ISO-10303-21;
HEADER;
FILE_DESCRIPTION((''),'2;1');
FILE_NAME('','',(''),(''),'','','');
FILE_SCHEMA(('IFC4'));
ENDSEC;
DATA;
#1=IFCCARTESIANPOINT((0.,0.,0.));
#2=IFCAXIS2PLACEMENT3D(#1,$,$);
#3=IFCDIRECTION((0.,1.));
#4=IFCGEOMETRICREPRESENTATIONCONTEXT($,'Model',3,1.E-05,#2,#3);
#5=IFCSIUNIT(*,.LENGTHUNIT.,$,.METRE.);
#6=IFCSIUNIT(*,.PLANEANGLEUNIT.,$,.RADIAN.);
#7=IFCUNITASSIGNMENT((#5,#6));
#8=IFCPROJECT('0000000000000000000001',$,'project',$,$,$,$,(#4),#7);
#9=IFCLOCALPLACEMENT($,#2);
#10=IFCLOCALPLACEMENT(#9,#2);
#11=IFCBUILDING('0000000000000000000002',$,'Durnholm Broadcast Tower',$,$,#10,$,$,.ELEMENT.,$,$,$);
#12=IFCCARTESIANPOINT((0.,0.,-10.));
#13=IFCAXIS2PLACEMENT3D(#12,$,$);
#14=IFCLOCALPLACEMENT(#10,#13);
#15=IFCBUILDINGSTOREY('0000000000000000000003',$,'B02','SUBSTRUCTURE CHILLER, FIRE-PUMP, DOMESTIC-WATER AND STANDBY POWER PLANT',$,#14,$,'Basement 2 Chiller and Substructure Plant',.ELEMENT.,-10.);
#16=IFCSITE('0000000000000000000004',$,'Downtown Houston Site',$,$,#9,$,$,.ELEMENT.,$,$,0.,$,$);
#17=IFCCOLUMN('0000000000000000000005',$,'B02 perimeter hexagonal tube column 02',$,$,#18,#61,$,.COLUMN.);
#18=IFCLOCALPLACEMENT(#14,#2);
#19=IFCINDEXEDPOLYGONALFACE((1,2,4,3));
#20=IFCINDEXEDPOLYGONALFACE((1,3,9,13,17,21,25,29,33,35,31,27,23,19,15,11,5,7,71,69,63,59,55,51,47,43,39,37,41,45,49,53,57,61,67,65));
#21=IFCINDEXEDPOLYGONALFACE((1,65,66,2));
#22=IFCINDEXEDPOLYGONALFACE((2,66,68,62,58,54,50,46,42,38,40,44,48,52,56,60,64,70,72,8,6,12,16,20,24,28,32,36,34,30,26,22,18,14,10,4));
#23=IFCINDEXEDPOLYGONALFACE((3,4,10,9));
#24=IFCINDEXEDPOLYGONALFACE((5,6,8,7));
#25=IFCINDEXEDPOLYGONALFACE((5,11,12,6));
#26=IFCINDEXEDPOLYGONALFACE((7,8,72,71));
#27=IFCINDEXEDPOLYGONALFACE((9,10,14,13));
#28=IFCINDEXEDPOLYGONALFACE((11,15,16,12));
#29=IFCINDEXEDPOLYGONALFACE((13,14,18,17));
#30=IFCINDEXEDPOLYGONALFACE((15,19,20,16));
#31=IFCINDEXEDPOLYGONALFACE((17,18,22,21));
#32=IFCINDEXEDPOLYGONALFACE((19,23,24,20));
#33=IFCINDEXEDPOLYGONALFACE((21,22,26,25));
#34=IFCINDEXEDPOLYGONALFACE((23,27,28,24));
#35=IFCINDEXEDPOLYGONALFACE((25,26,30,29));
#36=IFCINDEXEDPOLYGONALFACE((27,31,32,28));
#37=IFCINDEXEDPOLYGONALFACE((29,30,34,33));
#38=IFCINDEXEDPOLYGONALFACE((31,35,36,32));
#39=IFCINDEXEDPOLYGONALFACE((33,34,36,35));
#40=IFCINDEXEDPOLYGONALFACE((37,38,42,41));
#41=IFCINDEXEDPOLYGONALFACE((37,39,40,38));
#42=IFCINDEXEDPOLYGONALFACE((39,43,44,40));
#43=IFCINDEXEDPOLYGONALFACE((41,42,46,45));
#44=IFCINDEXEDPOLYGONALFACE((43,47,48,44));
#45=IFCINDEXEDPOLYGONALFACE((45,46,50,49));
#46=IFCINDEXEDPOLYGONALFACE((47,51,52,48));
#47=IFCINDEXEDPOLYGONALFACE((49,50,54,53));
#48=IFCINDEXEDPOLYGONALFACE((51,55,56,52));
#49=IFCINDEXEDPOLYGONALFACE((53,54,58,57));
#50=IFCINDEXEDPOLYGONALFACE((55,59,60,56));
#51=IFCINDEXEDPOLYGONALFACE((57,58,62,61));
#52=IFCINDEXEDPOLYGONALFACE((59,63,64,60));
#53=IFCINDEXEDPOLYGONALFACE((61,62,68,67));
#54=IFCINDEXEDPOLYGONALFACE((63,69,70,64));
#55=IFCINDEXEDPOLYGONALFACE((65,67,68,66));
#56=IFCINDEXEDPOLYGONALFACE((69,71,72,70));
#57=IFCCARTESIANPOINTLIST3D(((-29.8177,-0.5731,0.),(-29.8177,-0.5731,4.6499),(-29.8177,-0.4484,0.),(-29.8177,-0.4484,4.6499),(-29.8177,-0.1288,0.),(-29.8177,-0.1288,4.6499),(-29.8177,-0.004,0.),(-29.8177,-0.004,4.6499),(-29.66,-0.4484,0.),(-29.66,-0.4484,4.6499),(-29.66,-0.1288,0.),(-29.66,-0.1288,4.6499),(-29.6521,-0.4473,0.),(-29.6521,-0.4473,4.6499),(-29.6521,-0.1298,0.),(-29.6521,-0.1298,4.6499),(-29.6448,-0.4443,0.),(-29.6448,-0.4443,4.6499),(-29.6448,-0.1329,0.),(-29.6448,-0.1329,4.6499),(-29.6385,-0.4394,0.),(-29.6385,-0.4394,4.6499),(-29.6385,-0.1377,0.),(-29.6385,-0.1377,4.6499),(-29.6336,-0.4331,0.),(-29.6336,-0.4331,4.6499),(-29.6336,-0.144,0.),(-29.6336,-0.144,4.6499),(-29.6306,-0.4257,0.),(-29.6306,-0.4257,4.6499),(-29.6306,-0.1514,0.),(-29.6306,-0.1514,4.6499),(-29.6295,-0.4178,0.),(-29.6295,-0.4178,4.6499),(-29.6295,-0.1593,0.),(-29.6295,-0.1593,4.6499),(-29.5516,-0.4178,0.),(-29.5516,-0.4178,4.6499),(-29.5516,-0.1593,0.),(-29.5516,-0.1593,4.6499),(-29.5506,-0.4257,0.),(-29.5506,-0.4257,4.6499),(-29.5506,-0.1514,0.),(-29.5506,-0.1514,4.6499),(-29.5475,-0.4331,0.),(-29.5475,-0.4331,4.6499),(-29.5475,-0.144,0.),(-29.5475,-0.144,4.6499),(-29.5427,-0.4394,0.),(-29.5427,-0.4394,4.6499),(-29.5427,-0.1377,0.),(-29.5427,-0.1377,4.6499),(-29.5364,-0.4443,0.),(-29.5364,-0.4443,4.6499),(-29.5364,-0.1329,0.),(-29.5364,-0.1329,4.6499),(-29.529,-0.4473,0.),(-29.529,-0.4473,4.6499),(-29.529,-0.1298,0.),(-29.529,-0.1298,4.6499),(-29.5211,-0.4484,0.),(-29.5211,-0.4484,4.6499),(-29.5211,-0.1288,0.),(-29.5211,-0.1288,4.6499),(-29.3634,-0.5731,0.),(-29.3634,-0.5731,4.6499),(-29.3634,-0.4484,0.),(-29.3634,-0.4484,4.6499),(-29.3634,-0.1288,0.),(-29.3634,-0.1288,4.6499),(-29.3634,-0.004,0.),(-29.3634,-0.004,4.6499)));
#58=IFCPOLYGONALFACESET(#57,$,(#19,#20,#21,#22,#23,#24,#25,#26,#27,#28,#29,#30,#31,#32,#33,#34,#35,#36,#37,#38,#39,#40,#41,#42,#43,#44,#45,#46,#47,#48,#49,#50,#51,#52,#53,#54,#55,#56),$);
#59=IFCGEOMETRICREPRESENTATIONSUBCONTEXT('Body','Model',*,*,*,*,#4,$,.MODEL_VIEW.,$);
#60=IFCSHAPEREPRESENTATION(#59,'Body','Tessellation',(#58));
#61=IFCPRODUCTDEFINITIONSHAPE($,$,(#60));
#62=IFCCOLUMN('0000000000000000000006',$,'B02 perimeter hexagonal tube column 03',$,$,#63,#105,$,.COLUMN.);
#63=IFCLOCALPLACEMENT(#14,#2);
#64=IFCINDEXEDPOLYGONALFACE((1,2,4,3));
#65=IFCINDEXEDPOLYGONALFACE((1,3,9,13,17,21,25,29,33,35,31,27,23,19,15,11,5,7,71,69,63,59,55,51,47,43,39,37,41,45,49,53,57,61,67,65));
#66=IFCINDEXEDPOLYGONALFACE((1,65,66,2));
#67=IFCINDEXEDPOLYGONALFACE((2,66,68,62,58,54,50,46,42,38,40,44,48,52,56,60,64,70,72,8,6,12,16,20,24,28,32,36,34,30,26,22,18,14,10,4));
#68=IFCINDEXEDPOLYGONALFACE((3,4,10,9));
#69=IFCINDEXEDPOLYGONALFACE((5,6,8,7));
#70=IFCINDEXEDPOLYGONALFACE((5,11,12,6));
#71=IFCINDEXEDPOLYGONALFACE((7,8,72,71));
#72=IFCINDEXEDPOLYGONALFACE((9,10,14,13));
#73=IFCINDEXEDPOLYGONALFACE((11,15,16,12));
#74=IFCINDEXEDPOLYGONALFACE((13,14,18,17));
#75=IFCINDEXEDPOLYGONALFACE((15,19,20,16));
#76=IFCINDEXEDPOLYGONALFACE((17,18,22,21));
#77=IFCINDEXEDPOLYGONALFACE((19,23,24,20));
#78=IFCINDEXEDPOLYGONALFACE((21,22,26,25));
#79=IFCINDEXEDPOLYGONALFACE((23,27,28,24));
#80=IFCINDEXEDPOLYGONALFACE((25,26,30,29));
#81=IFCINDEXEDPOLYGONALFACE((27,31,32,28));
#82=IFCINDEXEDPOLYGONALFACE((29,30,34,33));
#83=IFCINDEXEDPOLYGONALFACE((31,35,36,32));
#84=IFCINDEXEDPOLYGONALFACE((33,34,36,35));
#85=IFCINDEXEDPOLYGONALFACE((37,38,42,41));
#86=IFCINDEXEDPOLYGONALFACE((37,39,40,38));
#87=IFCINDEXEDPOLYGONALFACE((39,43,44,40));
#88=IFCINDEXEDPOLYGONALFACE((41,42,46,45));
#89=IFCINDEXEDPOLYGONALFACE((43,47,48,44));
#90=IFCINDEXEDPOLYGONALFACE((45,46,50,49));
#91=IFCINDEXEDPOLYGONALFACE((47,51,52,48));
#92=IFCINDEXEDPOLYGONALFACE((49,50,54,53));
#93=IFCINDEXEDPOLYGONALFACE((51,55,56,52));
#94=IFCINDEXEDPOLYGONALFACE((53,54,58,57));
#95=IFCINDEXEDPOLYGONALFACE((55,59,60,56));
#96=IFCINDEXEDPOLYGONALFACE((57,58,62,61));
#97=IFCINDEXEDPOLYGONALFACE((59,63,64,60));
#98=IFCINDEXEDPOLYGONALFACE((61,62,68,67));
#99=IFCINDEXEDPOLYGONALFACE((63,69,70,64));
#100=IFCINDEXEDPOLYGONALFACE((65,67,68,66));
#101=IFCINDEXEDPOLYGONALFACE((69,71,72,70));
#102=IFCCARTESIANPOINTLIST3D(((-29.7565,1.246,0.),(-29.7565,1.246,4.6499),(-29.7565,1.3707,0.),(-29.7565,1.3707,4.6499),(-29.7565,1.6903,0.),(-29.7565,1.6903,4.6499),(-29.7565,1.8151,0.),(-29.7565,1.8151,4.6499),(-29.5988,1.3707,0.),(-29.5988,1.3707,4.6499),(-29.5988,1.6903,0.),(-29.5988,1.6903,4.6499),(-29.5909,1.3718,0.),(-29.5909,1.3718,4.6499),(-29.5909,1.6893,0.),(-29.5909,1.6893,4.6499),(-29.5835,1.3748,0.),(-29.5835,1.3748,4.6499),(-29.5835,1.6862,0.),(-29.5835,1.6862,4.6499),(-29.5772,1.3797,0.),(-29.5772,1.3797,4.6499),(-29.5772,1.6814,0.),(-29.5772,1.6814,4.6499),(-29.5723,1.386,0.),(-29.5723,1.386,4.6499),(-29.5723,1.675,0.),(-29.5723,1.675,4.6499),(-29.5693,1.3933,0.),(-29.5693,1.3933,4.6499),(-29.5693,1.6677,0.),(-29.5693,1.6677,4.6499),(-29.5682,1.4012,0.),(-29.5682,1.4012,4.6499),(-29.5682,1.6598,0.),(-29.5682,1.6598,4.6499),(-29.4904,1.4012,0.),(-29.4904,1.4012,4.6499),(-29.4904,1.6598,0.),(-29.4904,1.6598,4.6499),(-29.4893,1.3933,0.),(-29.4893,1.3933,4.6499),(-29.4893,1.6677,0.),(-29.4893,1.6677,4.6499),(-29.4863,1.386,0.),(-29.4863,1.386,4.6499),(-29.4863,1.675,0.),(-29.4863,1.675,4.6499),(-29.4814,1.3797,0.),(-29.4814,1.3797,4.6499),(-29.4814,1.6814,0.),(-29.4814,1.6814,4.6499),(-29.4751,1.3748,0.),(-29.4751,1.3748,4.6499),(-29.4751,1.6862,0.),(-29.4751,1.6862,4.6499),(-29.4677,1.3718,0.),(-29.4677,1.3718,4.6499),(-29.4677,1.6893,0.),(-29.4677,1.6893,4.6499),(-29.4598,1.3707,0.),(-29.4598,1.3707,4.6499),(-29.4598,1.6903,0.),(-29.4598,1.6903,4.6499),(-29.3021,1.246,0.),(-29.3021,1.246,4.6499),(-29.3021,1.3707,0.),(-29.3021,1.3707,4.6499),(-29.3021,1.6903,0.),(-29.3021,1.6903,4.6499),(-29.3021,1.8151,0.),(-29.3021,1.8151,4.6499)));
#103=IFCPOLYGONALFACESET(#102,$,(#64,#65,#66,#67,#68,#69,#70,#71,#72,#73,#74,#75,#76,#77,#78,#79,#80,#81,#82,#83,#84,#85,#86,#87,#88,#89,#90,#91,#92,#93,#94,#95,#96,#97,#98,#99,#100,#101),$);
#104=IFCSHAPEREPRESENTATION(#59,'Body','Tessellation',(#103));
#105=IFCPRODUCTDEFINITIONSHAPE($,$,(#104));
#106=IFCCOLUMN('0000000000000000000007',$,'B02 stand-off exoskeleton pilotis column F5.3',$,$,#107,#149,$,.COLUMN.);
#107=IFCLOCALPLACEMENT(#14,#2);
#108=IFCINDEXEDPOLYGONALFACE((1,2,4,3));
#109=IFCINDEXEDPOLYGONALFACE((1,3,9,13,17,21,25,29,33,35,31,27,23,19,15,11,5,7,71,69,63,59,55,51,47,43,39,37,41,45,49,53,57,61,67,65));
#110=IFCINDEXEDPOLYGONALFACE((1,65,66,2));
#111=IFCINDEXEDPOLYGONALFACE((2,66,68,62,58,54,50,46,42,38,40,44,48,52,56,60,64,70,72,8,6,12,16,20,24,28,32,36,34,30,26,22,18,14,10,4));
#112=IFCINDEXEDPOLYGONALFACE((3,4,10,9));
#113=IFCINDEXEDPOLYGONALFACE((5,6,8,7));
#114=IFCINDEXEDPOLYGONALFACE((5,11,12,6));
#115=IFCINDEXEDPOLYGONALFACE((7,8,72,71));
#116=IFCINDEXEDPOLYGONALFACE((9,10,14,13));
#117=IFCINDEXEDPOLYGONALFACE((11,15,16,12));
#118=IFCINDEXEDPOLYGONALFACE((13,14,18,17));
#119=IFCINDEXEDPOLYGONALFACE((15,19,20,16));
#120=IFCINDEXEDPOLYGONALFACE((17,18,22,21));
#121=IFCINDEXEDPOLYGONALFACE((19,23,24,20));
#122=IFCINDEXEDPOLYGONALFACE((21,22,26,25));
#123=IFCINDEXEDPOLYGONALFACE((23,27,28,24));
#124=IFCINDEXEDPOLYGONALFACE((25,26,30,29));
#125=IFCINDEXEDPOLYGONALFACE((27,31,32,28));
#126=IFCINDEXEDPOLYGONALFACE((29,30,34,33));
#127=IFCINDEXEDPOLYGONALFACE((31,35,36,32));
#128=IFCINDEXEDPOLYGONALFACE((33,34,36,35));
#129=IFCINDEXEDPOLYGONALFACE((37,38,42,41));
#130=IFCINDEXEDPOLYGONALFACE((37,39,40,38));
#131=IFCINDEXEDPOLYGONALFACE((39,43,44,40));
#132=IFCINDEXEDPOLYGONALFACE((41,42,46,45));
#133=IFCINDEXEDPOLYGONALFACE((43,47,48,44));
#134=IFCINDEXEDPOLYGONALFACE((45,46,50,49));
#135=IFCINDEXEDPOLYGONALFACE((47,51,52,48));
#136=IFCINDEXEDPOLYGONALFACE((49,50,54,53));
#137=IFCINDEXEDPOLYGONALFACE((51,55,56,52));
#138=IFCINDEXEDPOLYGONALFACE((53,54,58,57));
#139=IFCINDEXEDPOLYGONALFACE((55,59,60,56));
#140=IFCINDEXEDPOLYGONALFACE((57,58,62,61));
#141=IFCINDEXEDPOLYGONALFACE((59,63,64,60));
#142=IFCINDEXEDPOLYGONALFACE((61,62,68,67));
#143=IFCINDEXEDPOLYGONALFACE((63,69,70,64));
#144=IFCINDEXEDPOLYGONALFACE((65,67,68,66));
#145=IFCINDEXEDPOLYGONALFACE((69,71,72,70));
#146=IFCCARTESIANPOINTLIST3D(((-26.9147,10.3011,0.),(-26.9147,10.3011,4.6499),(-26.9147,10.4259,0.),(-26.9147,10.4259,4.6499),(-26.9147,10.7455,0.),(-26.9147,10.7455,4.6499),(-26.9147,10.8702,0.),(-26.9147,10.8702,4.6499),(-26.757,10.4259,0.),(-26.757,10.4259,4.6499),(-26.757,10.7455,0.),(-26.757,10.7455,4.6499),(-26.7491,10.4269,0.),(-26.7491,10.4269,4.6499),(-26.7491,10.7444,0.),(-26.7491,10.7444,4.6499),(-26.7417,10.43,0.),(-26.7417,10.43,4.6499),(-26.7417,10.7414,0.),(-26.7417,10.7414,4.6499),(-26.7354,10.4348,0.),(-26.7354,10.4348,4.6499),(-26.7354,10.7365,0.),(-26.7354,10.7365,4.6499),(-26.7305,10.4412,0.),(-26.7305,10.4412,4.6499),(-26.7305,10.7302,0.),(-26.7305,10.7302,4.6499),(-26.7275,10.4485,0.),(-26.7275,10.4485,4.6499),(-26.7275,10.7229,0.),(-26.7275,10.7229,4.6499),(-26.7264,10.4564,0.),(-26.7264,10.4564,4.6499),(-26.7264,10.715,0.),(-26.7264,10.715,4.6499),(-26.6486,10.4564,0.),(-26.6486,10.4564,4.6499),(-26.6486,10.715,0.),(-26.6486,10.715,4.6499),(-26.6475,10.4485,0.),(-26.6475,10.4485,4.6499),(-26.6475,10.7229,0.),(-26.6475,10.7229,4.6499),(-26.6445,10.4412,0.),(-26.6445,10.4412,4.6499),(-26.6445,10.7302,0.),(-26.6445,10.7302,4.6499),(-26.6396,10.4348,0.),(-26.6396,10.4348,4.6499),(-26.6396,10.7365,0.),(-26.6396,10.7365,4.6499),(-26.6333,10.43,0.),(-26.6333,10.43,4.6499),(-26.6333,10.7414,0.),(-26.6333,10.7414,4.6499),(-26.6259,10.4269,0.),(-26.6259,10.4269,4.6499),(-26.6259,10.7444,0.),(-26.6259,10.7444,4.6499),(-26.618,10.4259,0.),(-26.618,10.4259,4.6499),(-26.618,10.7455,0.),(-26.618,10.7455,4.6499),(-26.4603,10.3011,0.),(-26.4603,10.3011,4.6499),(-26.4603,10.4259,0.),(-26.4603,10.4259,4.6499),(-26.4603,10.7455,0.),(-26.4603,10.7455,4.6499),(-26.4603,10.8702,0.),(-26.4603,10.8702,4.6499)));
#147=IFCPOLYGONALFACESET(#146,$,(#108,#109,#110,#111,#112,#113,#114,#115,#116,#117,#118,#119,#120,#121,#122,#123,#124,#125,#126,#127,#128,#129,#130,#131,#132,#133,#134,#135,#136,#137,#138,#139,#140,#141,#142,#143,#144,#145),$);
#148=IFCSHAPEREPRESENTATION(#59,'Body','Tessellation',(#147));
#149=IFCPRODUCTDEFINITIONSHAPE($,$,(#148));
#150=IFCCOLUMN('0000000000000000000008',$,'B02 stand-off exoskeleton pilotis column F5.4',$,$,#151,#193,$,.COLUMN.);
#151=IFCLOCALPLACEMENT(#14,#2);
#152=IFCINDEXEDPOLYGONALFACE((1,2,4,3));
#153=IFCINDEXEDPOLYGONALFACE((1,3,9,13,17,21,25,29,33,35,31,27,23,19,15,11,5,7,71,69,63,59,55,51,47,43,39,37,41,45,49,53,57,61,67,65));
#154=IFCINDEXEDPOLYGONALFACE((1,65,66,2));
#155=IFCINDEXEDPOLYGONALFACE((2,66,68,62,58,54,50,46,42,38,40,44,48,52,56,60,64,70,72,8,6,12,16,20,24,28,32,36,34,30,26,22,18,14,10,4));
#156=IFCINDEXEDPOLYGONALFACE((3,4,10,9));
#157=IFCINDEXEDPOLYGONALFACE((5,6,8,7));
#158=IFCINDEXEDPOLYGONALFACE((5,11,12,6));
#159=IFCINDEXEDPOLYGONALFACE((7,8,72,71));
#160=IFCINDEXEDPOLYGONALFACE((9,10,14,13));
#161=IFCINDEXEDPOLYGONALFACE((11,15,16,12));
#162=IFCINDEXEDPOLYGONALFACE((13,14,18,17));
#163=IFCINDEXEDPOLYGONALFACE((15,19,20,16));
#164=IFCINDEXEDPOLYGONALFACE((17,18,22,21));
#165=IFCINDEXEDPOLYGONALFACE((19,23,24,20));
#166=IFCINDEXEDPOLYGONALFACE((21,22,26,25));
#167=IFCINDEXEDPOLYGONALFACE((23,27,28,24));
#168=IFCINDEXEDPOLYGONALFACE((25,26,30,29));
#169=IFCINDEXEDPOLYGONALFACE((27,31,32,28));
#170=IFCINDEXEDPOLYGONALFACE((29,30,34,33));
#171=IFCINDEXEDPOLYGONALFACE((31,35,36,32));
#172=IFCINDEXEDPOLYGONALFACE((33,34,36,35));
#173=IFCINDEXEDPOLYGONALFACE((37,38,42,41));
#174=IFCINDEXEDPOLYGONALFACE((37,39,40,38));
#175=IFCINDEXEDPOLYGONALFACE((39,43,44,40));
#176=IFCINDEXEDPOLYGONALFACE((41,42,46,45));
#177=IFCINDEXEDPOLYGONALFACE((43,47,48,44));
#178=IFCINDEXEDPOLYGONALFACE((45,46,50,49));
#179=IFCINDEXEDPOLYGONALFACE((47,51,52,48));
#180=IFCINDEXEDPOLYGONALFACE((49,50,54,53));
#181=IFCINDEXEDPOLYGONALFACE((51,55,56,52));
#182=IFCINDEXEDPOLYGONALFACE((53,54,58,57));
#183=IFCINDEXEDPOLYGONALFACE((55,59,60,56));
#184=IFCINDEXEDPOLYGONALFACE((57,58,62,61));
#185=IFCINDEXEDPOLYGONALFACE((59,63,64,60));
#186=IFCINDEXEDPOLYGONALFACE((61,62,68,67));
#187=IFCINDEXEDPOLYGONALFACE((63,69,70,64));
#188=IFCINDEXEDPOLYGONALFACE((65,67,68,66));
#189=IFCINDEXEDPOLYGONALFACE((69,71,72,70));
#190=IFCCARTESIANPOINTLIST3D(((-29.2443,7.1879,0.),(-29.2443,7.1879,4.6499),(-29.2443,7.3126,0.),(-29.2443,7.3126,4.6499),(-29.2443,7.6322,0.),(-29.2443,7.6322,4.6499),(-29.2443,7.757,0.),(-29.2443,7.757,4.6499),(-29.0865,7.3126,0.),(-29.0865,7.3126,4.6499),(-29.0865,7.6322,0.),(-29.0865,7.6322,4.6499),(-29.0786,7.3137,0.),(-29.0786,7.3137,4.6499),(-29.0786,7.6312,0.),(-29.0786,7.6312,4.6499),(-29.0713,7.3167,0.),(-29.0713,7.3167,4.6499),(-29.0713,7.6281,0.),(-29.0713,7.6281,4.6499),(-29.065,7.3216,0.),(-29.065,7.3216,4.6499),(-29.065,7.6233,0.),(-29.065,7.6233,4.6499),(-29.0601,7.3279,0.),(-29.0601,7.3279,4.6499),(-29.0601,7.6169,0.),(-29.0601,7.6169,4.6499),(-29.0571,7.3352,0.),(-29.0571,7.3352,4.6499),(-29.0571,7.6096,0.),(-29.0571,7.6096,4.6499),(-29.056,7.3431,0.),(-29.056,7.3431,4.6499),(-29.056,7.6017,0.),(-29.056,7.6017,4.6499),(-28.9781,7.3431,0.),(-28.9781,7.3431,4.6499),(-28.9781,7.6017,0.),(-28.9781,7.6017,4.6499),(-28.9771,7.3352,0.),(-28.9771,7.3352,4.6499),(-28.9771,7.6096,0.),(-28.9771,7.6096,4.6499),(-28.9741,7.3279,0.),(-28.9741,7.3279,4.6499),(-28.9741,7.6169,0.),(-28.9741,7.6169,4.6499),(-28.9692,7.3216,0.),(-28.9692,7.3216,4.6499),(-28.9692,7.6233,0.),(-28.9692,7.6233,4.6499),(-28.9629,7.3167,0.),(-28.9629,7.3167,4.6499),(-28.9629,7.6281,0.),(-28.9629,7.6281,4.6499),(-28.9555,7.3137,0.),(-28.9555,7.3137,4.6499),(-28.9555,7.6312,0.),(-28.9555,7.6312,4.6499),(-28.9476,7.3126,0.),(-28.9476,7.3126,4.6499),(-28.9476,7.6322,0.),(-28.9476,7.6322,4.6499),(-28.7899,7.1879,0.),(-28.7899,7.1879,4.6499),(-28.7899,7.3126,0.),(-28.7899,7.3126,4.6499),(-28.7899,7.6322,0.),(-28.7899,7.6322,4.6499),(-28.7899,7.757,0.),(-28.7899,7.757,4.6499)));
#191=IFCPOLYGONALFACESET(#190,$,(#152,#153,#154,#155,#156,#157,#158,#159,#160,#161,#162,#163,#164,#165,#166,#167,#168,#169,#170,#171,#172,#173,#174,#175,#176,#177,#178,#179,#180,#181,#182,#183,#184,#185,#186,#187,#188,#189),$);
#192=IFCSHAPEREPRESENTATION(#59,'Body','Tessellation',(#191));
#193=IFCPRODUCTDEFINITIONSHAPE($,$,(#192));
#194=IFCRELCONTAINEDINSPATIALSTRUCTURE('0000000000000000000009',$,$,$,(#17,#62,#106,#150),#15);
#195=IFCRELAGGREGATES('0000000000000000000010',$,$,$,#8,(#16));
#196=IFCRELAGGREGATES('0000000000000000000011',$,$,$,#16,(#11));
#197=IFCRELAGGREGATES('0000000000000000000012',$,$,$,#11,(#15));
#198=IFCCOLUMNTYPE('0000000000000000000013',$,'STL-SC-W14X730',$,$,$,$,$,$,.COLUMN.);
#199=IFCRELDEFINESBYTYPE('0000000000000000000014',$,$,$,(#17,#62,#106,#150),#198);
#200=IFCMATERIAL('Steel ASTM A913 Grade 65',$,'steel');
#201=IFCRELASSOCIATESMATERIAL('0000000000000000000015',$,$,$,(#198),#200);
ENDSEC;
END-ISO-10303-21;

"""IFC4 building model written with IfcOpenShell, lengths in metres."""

from ifc_helpers import new_model, si_unit, direction, frame, origin, origin_2d, place, context, subcontext, project, spatial, i_section, extrude, source, transform, mapped, material, material_profile, profile_set, type_object, type_shapes, element, save


model = new_model("IFC4")

# Units and contexts
model_context = context("Model", 3, precision=1e-05, world=origin(), true_north=direction((0.0, 1.0)))
body_context = subcontext(model_context, "Body", "Model", "MODEL_VIEW")
ifc_project = project(units=[si_unit("LENGTHUNIT", "METRE"), si_unit("PLANEANGLEUNIT", "RADIAN")], contexts=[model_context])

# Site, building, storey
site_placement = place(None, origin())
site = spatial("IfcSite", under=ifc_project, at=site_placement, Name="Downtown Houston Site", CompositionType="ELEMENT", RefElevation=0.0)
building_placement = place(site_placement, origin())
building = spatial("IfcBuilding", under=site, at=building_placement, Name="Durnholm Broadcast Tower", CompositionType="ELEMENT")
storey_placement = place(building_placement, frame((0.0, 0.0, -10.0)))
storey = spatial("IfcBuildingStorey", under=building, at=storey_placement, Name="B02", Description="SUBSTRUCTURE CHILLER, FIRE-PUMP, DOMESTIC-WATER AND STANDBY POWER PLANT", LongName="Basement 2 Chiller and Substructure Plant", CompositionType="ELEMENT", Elevation=-10.0)

# Columns
ifc_material_1 = material(Name="Steel ASTM A913 Grade 65", Category="steel")
ifc_material_profile_1 = material_profile(ifc_material_1, i_section(OverallWidth=0.4543, OverallDepth=0.5691, WebThickness=0.0779, FlangeThickness=0.1248, FilletRadius=0.0305, at=origin_2d()), Name="W14X730")
ifc_profile_set_1 = profile_set([ifc_material_profile_1], Name="Steel ASTM A913 Grade 65")
column_type = type_object("IfcColumnType", Name="STL-SC-W14X730", PredefinedType="COLUMN", material=ifc_profile_set_1)
shared_shape_1 = source(origin(), body_context, "Body", "SweptSolid", [
    extrude(i_section(OverallWidth=0.4543, OverallDepth=0.5691, WebThickness=0.0779, FlangeThickness=0.1248, FilletRadius=0.0305, at=origin_2d()), origin(), (0.0, 0.0, 1.0), 4.6499),
])
type_shapes(column_type, [shared_shape_1])
for number, where, z_axis, x_axis, name in (
    (1, (-29.5906, -0.2886, 0.0), (0.0, 0.0, 1.0), (1.0, 0.0, 0.0), "B02 perimeter hexagonal tube column 02"),
    (2, (-29.5293, 1.5305, 0.0), (0.0, 0.0, 1.0), (1.0, 0.0, 0.0), "B02 perimeter hexagonal tube column 03"),
    (3, (-26.6875, 10.5857, 0.0), (0.0, 0.0, 1.0), (1.0, 0.0, 0.0), "B02 stand-off exoskeleton pilotis column F5.3"),
    (4, (-29.0171, 7.4724, 0.0), (0.0, 0.0, 1.0), (1.0, 0.0, 0.0), "B02 stand-off exoskeleton pilotis column F5.4"),
):
    element("IfcColumn", number, at=place(storey_placement, frame(where, z_axis=z_axis, x_axis=x_axis)), inside=storey, type_object=column_type, Name=name, PredefinedType="COLUMN", context=body_context, shape_type="MappedRepresentation", body=[
        mapped(shared_shape_1, transform((0.0, 0.0, 0.0), x_axis=(1.0, 0.0, 0.0), y_axis=(0.0, 1.0, 0.0), z_axis=(0.0, 0.0, 1.0), scale=1.0)),
    ])

save(model, "model.ifc")
